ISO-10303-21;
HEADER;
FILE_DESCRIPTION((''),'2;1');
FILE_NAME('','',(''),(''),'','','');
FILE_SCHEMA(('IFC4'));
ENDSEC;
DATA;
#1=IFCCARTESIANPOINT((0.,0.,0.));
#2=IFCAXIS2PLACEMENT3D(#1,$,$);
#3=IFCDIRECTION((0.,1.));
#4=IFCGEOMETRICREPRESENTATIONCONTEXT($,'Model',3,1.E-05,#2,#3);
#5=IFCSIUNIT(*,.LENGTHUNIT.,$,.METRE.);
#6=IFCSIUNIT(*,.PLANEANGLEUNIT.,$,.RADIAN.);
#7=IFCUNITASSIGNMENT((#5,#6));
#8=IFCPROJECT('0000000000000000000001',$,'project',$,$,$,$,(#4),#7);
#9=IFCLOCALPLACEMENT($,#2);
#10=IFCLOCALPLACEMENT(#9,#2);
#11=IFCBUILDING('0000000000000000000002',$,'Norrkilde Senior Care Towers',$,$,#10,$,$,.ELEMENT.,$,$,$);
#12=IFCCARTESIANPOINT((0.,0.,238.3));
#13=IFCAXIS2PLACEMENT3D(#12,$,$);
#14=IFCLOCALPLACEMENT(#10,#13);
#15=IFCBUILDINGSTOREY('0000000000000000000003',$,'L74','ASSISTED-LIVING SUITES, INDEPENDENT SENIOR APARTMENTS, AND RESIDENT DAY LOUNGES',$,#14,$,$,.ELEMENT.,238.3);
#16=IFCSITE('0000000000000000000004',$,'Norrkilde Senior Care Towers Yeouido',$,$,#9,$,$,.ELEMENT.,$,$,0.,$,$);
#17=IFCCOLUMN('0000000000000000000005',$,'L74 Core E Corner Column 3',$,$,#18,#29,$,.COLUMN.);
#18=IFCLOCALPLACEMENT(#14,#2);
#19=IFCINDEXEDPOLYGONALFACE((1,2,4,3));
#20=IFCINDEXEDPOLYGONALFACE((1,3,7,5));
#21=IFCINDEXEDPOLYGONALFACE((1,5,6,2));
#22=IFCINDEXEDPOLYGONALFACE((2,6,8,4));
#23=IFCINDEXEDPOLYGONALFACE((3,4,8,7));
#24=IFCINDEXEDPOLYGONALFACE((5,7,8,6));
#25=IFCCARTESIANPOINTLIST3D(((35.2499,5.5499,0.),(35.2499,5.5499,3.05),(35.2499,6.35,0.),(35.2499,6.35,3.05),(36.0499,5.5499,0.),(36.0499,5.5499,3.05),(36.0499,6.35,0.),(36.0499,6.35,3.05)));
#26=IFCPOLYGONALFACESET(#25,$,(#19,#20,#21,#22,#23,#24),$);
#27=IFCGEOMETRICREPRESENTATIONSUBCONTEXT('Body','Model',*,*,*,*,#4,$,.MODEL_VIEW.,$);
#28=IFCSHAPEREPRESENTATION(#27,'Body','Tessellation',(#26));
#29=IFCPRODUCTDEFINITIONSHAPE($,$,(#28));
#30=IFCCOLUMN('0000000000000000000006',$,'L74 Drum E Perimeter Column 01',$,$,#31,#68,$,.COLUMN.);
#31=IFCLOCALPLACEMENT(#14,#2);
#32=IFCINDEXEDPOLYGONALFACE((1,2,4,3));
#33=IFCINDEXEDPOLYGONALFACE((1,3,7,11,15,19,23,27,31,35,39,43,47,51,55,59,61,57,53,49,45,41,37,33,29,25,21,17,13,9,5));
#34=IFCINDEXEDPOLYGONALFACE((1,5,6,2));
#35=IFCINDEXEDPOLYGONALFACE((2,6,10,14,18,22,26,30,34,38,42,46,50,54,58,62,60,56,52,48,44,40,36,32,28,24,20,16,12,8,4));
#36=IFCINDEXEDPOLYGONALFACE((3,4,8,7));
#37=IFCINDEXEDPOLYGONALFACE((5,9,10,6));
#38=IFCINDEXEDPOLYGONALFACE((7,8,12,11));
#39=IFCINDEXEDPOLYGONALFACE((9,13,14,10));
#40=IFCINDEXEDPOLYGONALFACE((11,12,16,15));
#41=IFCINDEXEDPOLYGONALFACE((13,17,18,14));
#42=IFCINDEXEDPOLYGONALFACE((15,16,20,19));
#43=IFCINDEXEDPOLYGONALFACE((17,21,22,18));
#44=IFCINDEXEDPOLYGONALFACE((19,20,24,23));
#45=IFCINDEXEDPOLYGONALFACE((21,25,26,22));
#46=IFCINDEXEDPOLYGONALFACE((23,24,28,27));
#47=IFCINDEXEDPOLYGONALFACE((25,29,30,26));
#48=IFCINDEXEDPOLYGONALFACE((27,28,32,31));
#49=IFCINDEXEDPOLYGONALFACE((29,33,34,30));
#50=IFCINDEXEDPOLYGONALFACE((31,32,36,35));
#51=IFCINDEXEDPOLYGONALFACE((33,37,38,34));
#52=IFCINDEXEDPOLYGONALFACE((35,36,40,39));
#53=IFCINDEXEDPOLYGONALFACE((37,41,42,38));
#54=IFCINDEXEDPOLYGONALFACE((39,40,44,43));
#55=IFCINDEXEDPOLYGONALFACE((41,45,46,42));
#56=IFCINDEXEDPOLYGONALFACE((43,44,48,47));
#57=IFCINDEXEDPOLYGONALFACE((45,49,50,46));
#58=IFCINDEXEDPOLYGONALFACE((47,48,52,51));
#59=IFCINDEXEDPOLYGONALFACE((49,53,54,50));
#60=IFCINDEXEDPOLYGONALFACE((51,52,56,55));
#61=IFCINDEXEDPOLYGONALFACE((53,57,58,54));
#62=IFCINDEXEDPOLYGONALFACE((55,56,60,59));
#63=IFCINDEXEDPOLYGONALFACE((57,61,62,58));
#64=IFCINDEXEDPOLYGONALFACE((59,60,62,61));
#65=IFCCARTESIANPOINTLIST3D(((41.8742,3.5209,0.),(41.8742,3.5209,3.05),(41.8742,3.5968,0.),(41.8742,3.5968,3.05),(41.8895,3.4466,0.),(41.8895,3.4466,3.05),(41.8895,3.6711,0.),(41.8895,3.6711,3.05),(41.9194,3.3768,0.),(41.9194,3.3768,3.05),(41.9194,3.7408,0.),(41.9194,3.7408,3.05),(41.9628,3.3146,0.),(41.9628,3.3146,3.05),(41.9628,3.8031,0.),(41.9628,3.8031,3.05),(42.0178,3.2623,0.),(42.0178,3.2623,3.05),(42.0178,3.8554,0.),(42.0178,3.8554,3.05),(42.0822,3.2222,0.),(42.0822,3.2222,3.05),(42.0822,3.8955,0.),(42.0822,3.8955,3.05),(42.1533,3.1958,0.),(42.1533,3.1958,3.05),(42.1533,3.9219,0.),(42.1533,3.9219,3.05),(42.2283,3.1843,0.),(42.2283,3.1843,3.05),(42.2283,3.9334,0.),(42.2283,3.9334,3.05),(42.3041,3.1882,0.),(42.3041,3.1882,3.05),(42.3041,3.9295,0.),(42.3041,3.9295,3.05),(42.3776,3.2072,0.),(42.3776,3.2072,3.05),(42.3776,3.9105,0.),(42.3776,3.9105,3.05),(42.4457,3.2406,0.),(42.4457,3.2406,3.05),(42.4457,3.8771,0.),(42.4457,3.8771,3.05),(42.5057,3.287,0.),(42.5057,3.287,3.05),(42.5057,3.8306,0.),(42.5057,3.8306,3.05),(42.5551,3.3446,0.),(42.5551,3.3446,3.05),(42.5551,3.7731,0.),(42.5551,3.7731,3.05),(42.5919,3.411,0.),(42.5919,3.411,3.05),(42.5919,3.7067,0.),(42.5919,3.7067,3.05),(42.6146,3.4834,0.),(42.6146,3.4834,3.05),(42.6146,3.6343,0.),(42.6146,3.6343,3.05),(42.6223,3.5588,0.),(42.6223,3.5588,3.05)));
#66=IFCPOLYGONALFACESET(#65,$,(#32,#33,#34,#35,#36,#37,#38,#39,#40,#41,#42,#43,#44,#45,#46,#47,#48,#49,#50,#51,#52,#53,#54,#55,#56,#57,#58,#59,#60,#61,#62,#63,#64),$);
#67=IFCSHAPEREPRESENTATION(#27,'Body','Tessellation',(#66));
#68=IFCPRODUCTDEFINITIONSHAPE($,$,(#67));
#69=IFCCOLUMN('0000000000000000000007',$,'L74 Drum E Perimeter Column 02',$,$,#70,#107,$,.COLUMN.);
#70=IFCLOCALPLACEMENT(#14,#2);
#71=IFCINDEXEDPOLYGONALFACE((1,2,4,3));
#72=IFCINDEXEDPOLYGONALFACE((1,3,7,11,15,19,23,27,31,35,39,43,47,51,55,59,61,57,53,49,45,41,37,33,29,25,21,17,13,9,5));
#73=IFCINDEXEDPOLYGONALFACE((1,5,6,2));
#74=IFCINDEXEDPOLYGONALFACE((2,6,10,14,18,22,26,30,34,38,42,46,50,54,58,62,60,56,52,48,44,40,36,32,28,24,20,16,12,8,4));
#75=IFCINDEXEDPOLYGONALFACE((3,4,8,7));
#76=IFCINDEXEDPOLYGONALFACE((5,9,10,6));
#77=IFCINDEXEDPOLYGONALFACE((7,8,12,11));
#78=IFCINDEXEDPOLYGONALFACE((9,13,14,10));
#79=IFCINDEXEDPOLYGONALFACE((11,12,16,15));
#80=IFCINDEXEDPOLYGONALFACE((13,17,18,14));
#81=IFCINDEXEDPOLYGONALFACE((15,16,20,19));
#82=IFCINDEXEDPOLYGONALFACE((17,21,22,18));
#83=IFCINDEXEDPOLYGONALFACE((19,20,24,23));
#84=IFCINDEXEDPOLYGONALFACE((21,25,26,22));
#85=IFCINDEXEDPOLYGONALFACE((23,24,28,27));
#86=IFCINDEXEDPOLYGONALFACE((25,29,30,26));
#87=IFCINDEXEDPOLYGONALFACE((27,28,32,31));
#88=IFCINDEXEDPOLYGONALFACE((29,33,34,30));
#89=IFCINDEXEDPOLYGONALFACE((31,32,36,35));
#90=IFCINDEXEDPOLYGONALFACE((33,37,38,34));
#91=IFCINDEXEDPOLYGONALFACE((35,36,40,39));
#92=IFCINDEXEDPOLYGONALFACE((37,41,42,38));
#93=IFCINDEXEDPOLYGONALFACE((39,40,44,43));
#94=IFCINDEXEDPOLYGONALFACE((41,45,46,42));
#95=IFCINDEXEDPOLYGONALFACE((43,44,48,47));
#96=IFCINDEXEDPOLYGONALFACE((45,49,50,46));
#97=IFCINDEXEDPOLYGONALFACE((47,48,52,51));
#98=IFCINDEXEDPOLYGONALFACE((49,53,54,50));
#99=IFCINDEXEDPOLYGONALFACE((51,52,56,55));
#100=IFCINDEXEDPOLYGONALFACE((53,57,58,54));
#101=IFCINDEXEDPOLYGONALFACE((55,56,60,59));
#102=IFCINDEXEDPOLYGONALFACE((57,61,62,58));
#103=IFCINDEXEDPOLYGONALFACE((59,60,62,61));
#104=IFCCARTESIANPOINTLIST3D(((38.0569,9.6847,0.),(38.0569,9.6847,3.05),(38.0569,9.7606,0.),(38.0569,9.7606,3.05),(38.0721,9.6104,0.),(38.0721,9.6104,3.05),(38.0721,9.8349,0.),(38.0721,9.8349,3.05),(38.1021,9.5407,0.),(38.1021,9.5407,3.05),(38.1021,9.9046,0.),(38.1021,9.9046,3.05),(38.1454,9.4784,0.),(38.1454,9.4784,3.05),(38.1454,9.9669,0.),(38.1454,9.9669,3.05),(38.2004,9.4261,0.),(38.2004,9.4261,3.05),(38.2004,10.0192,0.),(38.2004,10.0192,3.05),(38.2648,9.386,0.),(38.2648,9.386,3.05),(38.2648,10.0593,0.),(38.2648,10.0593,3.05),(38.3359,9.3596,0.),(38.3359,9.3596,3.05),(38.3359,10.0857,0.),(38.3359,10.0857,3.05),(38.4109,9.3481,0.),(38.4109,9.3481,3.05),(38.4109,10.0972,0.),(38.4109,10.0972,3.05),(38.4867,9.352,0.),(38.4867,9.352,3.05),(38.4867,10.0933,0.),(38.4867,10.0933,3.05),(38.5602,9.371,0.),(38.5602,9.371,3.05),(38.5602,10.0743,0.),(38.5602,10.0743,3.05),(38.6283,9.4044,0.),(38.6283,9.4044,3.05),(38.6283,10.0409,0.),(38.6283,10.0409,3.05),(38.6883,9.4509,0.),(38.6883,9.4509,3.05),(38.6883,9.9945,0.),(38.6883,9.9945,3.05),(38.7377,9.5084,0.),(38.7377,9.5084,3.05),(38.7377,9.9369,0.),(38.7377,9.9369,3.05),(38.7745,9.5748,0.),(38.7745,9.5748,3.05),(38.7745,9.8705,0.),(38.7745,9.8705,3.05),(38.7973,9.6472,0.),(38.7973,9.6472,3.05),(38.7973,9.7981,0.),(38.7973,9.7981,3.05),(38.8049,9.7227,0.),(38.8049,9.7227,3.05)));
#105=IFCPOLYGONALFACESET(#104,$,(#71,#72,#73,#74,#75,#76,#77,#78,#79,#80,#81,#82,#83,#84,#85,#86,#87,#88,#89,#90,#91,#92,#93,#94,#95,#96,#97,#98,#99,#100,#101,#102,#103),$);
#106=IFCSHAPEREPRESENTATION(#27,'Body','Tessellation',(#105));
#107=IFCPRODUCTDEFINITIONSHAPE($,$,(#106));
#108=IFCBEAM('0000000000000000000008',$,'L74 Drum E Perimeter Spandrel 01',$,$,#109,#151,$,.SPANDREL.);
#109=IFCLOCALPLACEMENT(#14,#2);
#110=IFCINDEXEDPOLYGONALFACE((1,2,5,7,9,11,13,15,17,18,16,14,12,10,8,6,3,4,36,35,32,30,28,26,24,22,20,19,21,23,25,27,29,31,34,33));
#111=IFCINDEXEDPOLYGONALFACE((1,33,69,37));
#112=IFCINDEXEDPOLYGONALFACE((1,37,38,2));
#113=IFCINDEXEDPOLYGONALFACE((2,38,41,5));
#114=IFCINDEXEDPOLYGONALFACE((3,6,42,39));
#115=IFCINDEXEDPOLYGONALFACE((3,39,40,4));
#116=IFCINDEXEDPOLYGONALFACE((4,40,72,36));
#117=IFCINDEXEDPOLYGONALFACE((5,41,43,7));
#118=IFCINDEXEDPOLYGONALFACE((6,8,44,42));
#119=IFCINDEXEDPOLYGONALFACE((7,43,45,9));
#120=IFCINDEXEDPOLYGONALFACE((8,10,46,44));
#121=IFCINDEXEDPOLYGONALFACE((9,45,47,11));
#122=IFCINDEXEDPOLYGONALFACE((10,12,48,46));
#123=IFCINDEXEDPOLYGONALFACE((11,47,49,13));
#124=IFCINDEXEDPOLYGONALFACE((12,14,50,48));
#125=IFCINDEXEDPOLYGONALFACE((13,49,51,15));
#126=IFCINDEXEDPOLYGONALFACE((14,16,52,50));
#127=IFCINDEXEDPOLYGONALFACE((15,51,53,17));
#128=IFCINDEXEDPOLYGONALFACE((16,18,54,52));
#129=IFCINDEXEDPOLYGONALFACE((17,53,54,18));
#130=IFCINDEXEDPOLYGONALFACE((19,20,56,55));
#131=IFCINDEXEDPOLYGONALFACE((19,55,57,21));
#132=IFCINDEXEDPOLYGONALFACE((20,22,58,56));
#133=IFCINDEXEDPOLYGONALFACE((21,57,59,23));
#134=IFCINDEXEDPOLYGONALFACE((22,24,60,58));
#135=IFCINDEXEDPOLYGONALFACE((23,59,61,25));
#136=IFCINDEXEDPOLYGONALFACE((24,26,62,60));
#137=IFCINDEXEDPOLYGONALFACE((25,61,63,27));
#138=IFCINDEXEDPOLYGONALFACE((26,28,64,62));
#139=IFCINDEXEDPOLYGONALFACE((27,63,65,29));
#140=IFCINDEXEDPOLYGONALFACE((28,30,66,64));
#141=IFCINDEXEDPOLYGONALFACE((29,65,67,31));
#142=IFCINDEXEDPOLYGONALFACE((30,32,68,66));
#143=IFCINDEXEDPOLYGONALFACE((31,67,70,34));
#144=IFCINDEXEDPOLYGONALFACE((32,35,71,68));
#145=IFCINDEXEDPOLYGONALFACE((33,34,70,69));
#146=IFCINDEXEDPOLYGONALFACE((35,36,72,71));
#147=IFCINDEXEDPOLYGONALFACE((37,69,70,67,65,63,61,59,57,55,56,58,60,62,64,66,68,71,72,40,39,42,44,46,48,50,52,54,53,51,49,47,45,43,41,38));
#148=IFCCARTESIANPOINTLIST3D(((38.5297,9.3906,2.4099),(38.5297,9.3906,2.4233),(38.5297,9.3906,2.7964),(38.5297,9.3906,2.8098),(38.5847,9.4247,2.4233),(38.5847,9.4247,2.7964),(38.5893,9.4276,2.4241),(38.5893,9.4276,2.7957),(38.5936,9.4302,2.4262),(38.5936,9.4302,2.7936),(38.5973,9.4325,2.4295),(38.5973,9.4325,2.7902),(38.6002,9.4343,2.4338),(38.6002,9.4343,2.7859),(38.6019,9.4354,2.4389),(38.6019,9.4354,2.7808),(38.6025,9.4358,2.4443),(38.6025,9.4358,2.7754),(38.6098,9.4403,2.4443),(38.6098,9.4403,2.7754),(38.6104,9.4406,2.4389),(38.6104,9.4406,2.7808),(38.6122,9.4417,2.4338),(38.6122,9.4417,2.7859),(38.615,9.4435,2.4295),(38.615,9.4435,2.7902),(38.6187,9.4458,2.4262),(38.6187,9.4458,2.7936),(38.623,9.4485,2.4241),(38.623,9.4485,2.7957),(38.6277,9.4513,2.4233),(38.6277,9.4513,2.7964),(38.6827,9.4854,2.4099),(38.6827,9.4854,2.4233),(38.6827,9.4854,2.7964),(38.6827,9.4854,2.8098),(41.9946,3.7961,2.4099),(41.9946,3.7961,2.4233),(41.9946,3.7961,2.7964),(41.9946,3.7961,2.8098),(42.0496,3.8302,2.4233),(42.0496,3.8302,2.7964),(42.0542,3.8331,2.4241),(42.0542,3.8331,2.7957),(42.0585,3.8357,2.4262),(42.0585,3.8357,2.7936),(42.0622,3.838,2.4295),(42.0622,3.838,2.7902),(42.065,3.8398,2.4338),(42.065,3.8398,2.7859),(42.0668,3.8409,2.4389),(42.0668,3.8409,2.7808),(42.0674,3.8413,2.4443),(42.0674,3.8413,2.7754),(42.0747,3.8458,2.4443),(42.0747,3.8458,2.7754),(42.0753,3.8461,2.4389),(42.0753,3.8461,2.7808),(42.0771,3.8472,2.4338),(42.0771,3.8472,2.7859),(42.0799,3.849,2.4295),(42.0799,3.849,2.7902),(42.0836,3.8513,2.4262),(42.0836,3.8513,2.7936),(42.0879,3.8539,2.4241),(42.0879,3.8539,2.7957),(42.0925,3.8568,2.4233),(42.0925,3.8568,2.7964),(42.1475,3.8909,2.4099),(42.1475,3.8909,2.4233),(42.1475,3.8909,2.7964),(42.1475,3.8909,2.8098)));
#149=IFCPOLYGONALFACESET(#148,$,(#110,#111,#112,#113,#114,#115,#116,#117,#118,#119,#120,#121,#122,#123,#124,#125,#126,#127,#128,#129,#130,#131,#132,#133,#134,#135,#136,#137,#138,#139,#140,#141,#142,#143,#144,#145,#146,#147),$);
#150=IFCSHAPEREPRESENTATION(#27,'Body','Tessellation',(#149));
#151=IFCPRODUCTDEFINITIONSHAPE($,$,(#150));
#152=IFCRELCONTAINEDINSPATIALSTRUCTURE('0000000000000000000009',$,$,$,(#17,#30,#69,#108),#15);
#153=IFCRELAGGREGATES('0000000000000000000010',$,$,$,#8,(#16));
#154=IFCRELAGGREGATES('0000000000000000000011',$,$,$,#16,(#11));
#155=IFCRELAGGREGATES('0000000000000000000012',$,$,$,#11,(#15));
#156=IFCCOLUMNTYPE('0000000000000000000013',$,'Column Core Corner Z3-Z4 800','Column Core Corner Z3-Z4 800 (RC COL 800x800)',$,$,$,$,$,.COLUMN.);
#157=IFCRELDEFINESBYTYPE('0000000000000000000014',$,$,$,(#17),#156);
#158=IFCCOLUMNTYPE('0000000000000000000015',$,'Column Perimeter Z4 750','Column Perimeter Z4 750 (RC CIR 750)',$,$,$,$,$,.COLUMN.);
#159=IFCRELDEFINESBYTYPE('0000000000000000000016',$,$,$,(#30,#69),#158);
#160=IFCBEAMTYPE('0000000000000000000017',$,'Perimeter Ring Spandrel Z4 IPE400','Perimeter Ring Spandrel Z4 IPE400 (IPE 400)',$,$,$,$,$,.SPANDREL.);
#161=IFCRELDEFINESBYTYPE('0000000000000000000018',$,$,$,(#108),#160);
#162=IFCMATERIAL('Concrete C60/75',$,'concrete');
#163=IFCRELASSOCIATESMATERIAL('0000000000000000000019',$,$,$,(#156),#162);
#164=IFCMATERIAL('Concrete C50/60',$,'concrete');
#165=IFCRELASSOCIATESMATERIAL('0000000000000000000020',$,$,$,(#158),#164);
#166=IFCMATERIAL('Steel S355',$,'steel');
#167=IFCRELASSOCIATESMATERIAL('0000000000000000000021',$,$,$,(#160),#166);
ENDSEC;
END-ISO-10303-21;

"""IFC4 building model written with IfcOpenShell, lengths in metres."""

from ifc_helpers import new_model, si_unit, direction, frame, origin, origin_2d, place, context, subcontext, project, spatial, rectangle, circle, i_section, extrude, source, transform, mapped, material, material_profile, profile_set, type_object, type_shapes, element, save


model = new_model("IFC4")

# Units and contexts
model_context = context("Model", 3, precision=1e-05, world=origin(), true_north=direction((0.0, 1.0)))
body_context = subcontext(model_context, "Body", "Model", "MODEL_VIEW")
ifc_project = project(units=[si_unit("LENGTHUNIT", "METRE"), si_unit("PLANEANGLEUNIT", "RADIAN")], contexts=[model_context])

# Site, building, storey
site_placement = place(None, origin())
site = spatial("IfcSite", under=ifc_project, at=site_placement, Name="Norrkilde Senior Care Towers Yeouido", CompositionType="ELEMENT", RefElevation=0.0)
building_placement = place(site_placement, origin())
building = spatial("IfcBuilding", under=site, at=building_placement, Name="Norrkilde Senior Care Towers", CompositionType="ELEMENT")
storey_placement = place(building_placement, frame((0.0, 0.0, 238.3)))
storey = spatial("IfcBuildingStorey", under=building, at=storey_placement, Name="L74", Description="ASSISTED-LIVING SUITES, INDEPENDENT SENIOR APARTMENTS, AND RESIDENT DAY LOUNGES", CompositionType="ELEMENT", Elevation=238.3)

# Columns
ifc_material_1 = material(Name="Concrete C60/75", Category="concrete")
ifc_material_profile_1 = material_profile(ifc_material_1, rectangle(XDim=0.8, YDim=0.8, at=origin_2d()), Name="RC COL 800x800")
ifc_profile_set_1 = profile_set([ifc_material_profile_1], Name="Concrete C60/75")
column_type_1 = type_object("IfcColumnType", Name="Column Core Corner Z3-Z4 800", Description="Column Core Corner Z3-Z4 800 (RC COL 800x800)", PredefinedType="COLUMN", material=ifc_profile_set_1)
shared_shape_1 = source(origin(), body_context, "Body", "SweptSolid", [
    extrude(rectangle(XDim=0.8, YDim=0.8, at=origin_2d()), origin(), (0.0, 0.0, 1.0), 3.05),
])
type_shapes(column_type_1, [shared_shape_1])
column_placement = place(storey_placement, frame((35.6499, 5.95, 0.0), z_axis=(0.0, 0.0, 1.0), x_axis=(1.0, 0.0, 0.0)))
element("IfcColumn", 1, at=column_placement, inside=storey, type_object=column_type_1, Name="L74 Core E Corner Column 3", PredefinedType="COLUMN", context=body_context, shape_type="MappedRepresentation", body=[
    mapped(shared_shape_1, transform((0.0, 0.0, 0.0), x_axis=(1.0, 0.0, 0.0), y_axis=(0.0, 1.0, 0.0), z_axis=(0.0, 0.0, 1.0), scale=1.0)),
])
ifc_material_2 = material(Name="Concrete C50/60", Category="concrete")
ifc_material_profile_2 = material_profile(ifc_material_2, circle(Radius=0.375, at=origin_2d()), Name="RC CIR 750")
ifc_profile_set_2 = profile_set([ifc_material_profile_2], Name="Concrete C50/60")
column_type_2 = type_object("IfcColumnType", Name="Column Perimeter Z4 750", Description="Column Perimeter Z4 750 (RC CIR 750)", PredefinedType="COLUMN", material=ifc_profile_set_2)
shared_shape_2 = source(origin(), body_context, "Body", "SweptSolid", [
    extrude(circle(Radius=0.375, at=origin_2d()), origin(), (0.0, 0.0, 1.0), 3.05),
])
type_shapes(column_type_2, [shared_shape_2])
for number, where, z_axis, x_axis, name in (
    (2, (42.2473, 3.5588, 0.0), (0.0, 0.0, 1.0), (1.0, 0.0, 0.0), "L74 Drum E Perimeter Column 01"),
    (3, (38.4299, 9.7227, 0.0), (0.0, 0.0, 1.0), (1.0, 0.0, 0.0), "L74 Drum E Perimeter Column 02"),
):
    element("IfcColumn", number, at=place(storey_placement, frame(where, z_axis=z_axis, x_axis=x_axis)), inside=storey, type_object=column_type_2, Name=name, PredefinedType="COLUMN", context=body_context, shape_type="MappedRepresentation", body=[
        mapped(shared_shape_2, transform((0.0, 0.0, 0.0), x_axis=(1.0, 0.0, 0.0), y_axis=(0.0, 1.0, 0.0), z_axis=(0.0, 0.0, 1.0), scale=1.0)),
    ])

# Beam
ifc_material_3 = material(Name="Steel S355", Category="steel")
ifc_material_profile_3 = material_profile(ifc_material_3, i_section(OverallWidth=0.1799, OverallDepth=0.3999, WebThickness=0.0085, FlangeThickness=0.0134, FilletRadius=0.021, at=origin_2d()), Name="IPE 400")
ifc_profile_set_3 = profile_set([ifc_material_profile_3], Name="Steel S355")
beam_type_1 = type_object("IfcBeamType", Name="Perimeter Ring Spandrel Z4 IPE400", Description="Perimeter Ring Spandrel Z4 IPE400 (IPE 400)", PredefinedType="SPANDREL", material=ifc_profile_set_3)
shared_shape_3 = source(origin(), body_context, "Body", "SweptSolid", [
    extrude(i_section(OverallWidth=0.1799, OverallDepth=0.3999, WebThickness=0.0085, FlangeThickness=0.0134, FilletRadius=0.021, at=origin_2d()), origin(), (0.0, 0.0, 1.0), 6.5806),
])
beam_1_placement = place(storey_placement, frame((42.071, 3.8435, 2.6099), z_axis=(-0.52653, 0.850157, 0.0), x_axis=(-0.850157, -0.52653, 0.0)))
element("IfcBeam", 4, at=beam_1_placement, inside=storey, type_object=beam_type_1, Name="L74 Drum E Perimeter Spandrel 01", PredefinedType="SPANDREL", context=body_context, shape_type="MappedRepresentation", body=[
    mapped(shared_shape_3, transform((0.0, 0.0, 0.0), x_axis=(1.0, 0.0, 0.0), y_axis=(0.0, 1.0, 0.0), z_axis=(0.0, 0.0, 1.0), scale=1.0)),
])

save(model, "model.ifc")
